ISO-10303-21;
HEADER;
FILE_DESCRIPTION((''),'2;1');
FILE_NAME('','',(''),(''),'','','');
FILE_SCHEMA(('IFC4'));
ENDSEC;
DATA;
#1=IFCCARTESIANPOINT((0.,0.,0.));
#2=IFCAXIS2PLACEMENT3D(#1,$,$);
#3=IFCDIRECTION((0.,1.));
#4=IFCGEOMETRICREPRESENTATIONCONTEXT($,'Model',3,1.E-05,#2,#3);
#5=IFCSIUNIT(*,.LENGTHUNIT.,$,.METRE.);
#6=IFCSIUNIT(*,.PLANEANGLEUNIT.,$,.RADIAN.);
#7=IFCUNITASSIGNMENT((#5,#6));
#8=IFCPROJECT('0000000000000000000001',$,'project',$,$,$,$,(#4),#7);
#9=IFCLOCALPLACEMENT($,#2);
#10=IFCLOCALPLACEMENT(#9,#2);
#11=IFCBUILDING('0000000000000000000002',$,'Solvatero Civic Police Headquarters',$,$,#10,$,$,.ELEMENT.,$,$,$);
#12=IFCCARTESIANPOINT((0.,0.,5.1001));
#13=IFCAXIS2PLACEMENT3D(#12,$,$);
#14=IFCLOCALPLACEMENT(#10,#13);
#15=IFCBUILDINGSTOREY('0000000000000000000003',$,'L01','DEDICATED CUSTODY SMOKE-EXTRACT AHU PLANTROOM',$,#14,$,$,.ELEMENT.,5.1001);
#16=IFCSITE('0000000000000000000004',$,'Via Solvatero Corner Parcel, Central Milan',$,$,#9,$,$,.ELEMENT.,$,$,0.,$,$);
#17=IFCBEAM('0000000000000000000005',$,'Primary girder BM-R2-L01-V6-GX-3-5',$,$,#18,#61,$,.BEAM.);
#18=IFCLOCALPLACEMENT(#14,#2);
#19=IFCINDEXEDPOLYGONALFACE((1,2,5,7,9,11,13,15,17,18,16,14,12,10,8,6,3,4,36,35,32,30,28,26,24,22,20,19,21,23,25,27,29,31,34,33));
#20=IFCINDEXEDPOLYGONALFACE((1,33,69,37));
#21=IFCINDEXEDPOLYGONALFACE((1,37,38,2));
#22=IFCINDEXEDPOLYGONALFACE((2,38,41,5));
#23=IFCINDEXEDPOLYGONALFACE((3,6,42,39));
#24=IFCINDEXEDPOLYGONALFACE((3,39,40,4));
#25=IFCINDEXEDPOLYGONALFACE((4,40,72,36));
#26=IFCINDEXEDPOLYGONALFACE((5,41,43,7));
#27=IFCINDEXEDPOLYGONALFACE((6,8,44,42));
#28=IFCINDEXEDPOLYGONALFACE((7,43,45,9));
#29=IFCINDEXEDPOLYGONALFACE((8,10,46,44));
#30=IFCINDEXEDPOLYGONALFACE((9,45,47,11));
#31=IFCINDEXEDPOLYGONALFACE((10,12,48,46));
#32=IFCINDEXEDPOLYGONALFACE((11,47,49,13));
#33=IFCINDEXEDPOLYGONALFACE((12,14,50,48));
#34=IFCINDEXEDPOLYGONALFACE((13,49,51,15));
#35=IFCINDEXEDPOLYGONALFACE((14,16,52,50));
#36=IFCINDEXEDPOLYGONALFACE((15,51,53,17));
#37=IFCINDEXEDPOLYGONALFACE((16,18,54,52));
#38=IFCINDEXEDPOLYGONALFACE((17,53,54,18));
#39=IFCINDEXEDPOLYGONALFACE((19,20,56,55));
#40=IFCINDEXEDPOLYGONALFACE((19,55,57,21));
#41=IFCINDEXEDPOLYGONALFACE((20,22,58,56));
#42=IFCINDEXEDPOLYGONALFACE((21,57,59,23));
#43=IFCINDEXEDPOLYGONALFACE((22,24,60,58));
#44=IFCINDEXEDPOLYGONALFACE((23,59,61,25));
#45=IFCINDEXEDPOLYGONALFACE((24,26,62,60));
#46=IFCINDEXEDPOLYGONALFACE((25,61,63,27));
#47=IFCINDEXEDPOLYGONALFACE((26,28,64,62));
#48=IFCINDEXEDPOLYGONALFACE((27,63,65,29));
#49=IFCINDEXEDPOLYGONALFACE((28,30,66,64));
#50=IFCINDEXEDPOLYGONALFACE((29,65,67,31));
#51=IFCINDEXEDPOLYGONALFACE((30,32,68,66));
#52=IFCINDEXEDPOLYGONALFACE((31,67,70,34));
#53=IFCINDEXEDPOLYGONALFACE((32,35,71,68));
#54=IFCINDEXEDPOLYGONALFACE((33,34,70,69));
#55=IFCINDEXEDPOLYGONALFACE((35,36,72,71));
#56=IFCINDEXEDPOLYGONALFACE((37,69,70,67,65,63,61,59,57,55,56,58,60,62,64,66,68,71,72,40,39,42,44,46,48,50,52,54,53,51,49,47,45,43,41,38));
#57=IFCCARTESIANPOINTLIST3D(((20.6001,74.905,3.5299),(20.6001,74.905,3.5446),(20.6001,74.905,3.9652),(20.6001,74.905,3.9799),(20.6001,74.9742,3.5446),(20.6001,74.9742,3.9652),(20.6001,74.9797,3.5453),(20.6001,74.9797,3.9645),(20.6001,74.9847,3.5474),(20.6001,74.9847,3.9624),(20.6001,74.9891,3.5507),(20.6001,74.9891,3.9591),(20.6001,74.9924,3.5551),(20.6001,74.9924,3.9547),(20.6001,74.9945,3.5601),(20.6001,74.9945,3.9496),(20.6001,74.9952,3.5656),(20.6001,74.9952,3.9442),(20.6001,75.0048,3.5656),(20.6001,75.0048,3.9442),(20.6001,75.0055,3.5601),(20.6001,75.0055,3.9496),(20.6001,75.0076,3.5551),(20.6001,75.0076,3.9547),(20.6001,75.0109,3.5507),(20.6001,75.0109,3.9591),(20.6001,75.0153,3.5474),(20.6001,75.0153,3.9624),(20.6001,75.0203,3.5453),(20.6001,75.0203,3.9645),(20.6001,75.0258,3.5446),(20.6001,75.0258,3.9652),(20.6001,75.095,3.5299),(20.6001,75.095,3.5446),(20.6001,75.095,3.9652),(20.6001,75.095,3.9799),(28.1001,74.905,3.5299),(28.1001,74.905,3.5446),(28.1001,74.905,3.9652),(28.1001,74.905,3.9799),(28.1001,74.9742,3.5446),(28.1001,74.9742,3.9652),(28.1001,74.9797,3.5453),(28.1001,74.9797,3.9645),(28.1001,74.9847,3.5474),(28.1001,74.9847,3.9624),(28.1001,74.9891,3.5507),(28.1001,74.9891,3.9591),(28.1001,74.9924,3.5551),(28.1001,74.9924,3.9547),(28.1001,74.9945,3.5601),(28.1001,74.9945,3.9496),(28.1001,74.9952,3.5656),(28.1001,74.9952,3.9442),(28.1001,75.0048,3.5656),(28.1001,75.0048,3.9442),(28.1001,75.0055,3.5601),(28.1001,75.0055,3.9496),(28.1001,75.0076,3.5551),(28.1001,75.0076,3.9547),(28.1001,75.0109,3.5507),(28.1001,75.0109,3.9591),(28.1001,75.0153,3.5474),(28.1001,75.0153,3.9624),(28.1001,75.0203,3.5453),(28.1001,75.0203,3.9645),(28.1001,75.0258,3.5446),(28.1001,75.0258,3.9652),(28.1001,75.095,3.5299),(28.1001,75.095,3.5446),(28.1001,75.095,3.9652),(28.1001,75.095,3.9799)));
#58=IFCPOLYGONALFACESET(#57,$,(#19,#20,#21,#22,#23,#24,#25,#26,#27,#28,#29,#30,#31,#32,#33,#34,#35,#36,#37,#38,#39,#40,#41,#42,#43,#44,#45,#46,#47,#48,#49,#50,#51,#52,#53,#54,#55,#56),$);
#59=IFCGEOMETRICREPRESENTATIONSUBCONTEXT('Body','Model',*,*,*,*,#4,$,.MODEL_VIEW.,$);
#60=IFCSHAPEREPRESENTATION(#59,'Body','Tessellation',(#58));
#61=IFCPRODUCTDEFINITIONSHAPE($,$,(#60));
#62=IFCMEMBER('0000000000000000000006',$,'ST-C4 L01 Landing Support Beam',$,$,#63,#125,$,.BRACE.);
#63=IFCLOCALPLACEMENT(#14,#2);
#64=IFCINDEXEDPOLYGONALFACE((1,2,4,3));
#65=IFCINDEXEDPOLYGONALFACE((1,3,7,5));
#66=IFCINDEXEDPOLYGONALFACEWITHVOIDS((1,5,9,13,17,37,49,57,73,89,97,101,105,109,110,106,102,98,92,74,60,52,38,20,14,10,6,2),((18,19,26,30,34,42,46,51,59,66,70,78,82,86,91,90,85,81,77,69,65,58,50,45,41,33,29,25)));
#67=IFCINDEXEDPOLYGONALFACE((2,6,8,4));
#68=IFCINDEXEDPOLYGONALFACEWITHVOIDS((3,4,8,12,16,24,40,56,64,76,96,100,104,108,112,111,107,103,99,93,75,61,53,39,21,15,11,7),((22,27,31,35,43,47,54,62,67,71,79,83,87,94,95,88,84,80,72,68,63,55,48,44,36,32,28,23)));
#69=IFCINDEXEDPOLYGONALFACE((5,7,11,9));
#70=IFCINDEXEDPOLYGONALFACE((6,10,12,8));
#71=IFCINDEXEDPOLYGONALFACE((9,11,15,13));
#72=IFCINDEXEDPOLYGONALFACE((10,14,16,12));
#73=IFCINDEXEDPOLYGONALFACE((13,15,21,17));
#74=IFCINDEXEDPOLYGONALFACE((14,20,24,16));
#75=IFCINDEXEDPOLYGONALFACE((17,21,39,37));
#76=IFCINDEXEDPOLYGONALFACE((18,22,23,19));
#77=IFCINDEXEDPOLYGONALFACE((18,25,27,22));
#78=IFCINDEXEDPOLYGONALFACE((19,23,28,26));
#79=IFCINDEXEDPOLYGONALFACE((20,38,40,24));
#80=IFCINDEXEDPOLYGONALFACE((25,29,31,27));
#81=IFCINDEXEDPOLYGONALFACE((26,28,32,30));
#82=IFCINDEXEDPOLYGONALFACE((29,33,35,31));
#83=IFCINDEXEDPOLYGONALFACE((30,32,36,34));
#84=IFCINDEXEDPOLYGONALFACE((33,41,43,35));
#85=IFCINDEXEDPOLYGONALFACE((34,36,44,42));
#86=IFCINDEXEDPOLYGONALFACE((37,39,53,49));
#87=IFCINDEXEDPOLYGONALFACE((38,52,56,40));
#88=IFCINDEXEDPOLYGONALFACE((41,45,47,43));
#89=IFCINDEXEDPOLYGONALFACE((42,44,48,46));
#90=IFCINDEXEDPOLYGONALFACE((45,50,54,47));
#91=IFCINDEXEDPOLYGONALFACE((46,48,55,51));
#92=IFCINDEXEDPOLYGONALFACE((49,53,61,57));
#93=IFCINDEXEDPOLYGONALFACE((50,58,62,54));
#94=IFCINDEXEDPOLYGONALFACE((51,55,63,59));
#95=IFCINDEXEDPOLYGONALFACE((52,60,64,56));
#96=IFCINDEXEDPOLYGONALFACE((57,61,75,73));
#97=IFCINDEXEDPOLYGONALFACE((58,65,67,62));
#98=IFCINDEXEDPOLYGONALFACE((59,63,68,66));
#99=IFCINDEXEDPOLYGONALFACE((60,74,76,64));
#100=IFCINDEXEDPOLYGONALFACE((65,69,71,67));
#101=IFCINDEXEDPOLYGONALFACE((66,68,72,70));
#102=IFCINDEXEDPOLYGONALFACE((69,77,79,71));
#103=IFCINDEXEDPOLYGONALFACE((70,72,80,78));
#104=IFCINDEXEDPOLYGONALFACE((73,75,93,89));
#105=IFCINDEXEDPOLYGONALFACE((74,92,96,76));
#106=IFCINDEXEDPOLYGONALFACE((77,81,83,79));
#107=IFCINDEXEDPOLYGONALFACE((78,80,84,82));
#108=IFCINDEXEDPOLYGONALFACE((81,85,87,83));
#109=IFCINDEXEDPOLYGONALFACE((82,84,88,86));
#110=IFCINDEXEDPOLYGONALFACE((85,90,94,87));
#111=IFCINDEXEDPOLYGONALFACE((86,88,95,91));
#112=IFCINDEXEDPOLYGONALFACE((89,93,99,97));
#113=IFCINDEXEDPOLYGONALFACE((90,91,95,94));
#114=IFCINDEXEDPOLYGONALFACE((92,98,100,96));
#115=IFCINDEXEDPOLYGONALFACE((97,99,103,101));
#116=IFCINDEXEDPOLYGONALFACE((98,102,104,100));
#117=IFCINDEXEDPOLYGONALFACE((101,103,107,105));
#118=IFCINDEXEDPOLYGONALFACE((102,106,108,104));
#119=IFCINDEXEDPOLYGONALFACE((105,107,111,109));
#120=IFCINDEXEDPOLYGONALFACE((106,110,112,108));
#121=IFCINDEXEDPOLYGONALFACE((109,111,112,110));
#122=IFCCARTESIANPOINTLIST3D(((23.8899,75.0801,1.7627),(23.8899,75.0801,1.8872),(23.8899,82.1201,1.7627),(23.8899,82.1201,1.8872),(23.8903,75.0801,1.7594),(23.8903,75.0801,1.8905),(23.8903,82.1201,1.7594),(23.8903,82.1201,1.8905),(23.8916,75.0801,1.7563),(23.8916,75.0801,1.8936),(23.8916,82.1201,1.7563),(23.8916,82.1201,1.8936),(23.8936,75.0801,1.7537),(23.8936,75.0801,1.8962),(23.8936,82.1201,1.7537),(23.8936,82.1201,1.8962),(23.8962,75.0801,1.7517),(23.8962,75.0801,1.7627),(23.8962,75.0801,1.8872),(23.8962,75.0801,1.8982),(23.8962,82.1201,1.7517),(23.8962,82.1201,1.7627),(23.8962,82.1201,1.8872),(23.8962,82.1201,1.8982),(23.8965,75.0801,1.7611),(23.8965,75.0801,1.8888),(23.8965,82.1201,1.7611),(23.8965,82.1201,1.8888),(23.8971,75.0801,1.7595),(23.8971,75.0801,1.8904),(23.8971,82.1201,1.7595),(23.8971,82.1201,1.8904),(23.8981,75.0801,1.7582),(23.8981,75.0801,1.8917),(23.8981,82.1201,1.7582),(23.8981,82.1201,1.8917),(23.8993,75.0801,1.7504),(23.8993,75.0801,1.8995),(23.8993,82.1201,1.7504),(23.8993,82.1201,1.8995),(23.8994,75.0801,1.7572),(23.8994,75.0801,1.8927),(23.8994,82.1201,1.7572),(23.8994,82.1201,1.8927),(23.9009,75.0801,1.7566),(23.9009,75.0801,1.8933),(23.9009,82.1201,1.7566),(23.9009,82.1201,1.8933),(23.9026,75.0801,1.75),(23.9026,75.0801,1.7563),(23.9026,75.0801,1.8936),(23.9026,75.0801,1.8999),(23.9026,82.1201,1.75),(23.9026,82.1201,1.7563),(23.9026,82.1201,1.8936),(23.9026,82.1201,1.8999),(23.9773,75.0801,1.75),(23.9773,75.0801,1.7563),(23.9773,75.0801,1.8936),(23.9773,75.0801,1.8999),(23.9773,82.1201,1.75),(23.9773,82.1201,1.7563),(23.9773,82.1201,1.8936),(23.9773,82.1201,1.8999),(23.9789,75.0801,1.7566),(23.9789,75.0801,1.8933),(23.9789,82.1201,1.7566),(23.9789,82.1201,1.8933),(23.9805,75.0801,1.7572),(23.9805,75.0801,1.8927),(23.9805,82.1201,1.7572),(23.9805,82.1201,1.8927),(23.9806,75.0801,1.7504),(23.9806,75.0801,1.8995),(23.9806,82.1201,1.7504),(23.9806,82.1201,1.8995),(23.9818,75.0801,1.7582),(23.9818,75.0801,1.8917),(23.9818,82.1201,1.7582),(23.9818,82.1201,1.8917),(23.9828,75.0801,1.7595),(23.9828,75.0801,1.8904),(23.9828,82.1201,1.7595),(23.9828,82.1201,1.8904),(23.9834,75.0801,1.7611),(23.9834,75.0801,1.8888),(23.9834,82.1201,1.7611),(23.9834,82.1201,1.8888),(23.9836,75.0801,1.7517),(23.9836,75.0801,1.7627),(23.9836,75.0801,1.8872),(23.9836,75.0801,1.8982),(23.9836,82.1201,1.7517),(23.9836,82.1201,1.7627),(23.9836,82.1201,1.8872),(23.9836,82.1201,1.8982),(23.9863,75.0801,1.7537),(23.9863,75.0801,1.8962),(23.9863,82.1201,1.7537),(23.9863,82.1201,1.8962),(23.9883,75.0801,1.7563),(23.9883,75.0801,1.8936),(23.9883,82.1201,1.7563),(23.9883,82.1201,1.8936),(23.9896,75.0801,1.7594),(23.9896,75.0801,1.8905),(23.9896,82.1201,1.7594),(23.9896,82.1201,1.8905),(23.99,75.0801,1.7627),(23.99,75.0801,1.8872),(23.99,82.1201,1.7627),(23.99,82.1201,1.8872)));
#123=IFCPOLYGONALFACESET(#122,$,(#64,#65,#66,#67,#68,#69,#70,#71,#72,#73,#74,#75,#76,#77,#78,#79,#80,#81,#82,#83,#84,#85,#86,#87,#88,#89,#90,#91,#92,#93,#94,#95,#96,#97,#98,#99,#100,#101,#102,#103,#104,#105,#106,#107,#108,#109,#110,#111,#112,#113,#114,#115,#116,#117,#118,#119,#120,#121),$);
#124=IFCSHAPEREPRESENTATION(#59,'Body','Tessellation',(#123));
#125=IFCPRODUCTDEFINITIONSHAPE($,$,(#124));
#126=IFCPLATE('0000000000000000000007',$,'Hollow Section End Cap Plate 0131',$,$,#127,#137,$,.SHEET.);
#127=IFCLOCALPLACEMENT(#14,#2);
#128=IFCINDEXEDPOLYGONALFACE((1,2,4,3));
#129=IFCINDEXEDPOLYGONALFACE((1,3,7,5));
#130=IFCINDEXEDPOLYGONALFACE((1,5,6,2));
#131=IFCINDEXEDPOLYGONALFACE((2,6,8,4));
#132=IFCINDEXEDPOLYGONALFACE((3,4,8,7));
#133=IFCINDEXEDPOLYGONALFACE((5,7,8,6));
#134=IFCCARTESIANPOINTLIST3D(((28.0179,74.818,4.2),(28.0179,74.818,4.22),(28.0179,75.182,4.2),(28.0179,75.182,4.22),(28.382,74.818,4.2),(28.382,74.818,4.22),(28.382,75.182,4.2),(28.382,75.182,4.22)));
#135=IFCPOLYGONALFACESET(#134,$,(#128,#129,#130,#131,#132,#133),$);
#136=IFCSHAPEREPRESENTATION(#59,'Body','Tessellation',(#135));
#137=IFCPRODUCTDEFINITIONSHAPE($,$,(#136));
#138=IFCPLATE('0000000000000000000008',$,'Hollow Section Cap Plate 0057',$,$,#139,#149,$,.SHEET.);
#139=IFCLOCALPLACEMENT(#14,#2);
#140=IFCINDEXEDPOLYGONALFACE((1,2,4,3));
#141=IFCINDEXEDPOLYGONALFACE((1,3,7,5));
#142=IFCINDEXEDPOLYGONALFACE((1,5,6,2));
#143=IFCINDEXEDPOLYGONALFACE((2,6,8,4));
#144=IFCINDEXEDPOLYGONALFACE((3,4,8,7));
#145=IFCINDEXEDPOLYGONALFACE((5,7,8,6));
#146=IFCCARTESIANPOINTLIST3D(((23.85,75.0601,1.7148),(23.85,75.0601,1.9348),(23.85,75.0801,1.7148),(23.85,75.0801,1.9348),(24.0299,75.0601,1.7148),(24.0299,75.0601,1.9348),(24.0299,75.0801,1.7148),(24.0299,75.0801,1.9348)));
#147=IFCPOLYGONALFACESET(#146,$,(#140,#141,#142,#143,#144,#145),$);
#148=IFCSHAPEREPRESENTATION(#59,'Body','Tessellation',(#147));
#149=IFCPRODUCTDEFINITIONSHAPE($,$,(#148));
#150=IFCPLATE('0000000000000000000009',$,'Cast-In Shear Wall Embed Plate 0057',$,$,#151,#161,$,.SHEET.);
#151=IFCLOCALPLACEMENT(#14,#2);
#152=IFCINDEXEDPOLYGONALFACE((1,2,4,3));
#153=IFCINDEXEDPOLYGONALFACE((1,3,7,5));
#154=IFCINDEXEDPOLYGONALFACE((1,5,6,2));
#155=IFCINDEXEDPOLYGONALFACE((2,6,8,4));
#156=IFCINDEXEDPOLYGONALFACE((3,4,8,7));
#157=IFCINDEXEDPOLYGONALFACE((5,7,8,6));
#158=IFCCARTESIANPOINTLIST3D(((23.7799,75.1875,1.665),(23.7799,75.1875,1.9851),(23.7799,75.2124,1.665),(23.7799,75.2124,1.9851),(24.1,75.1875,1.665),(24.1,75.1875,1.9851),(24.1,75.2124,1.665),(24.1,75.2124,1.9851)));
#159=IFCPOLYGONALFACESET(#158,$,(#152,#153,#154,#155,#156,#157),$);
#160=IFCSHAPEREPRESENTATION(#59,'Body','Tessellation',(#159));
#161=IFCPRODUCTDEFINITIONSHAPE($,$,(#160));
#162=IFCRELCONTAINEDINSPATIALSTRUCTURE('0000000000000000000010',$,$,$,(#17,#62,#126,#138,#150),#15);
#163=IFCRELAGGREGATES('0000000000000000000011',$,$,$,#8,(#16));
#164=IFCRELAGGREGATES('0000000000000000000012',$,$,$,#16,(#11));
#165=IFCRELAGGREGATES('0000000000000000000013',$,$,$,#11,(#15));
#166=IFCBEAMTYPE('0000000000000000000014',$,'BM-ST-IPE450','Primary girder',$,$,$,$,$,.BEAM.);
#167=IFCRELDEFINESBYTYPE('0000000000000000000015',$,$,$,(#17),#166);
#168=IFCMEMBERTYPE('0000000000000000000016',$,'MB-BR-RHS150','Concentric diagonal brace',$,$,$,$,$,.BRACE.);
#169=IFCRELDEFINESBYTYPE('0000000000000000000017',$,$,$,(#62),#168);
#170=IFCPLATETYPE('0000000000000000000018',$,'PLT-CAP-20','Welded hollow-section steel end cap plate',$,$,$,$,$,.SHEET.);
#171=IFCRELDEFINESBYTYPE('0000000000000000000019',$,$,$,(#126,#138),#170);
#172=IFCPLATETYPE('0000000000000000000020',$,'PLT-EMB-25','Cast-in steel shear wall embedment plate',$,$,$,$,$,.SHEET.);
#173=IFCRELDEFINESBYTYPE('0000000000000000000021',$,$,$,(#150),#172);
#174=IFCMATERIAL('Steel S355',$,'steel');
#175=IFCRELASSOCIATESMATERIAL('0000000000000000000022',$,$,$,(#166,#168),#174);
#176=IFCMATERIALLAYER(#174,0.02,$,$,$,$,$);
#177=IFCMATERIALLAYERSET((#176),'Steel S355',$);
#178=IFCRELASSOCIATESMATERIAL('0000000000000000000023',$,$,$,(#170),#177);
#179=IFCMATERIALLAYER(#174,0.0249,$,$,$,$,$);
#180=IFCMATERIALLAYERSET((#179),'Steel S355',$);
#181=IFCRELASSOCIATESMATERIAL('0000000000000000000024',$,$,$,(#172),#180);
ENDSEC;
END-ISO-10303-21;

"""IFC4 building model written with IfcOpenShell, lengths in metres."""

from ifc_helpers import new_model, si_unit, direction, frame, origin, origin_2d, place, context, subcontext, project, spatial, rectangle, hollow_rectangle, i_section, extrude, material, layer, layer_set, material_profile, profile_set, type_object, element, save


model = new_model("IFC4")

# Units and contexts
model_context = context("Model", 3, precision=1e-05, world=origin(), true_north=direction((0.0, 1.0)))
body_context = subcontext(model_context, "Body", "Model", "MODEL_VIEW")
ifc_project = project(units=[si_unit("LENGTHUNIT", "METRE"), si_unit("PLANEANGLEUNIT", "RADIAN")], contexts=[model_context])

# Site, building, storey
site_placement = place(None, origin())
site = spatial("IfcSite", under=ifc_project, at=site_placement, Name="Via Solvatero Corner Parcel, Central Milan", CompositionType="ELEMENT", RefElevation=0.0)
building_placement = place(site_placement, origin())
building = spatial("IfcBuilding", under=site, at=building_placement, Name="Solvatero Civic Police Headquarters", CompositionType="ELEMENT")
storey_placement = place(building_placement, frame((0.0, 0.0, 5.1001)))
storey = spatial("IfcBuildingStorey", under=building, at=storey_placement, Name="L01", Description="DEDICATED CUSTODY SMOKE-EXTRACT AHU PLANTROOM", CompositionType="ELEMENT", Elevation=5.1001)

# Shared definitions
ifc_material_1 = material(Name="Steel S355", Category="steel")

# Beam
ifc_material_profile_1 = material_profile(ifc_material_1, i_section(OverallWidth=0.1899, OverallDepth=0.45, WebThickness=0.0095, FlangeThickness=0.0146, FilletRadius=0.021, at=origin_2d()), Name="IPE 450")
ifc_profile_set_1 = profile_set([ifc_material_profile_1], Name="Steel S355")
beam_type_1 = type_object("IfcBeamType", Name="BM-ST-IPE450", Description="Primary girder", PredefinedType="BEAM", material=ifc_profile_set_1)
for number, where, z_axis, x_axis, name in (
    (1, (20.6001, 75.0, 3.7549), (1.0, 0.0, 0.0), (0.0, 1.0, 0.0), "Primary girder BM-R2-L01-V6-GX-3-5"),
):
    element("IfcBeam", number, at=place(storey_placement, frame(where, z_axis=z_axis, x_axis=x_axis)), inside=storey, type_object=beam_type_1, Name=name, PredefinedType="BEAM", context=body_context, shape_type="SweptSolid", body=[
        extrude(i_section(OverallWidth=0.1899, OverallDepth=0.45, WebThickness=0.0095, FlangeThickness=0.0146, FilletRadius=0.021, at=origin_2d()), origin(), (0.0, 0.0, 1.0), 7.5),
    ])

# Member
ifc_material_profile_2 = material_profile(ifc_material_1, hollow_rectangle(XDim=0.1001, YDim=0.1499, WallThickness=0.0063, InnerFilletRadius=0.0063, OuterFilletRadius=0.0127, at=origin_2d()), Name="RHS 150x100x6.3")
ifc_profile_set_2 = profile_set([ifc_material_profile_2], Name="Steel S355")
member_type = type_object("IfcMemberType", Name="MB-BR-RHS150", Description="Concentric diagonal brace", PredefinedType="BRACE", material=ifc_profile_set_2)
member_placement = place(storey_placement, frame((23.9399, 75.0801, 1.825), z_axis=(0.0, 1.0, 0.0), x_axis=(-1.0, 0.0, 0.0)))
element("IfcMember", 2, at=member_placement, inside=storey, type_object=member_type, Name="ST-C4 L01 Landing Support Beam", PredefinedType="BRACE", context=body_context, shape_type="SweptSolid", body=[
    extrude(hollow_rectangle(XDim=0.1001, YDim=0.1499, WallThickness=0.0063, InnerFilletRadius=0.0063, OuterFilletRadius=0.0127, at=origin_2d()), origin(), (0.0, 0.0, 1.0), 7.04),
])

# Plates
ifc_layer_1 = layer(ifc_material_1, 0.02)
ifc_layer_set_1 = layer_set([ifc_layer_1], Name="Steel S355")
plate_type_1 = type_object("IfcPlateType", Name="PLT-CAP-20", Description="Welded hollow-section steel end cap plate", PredefinedType="SHEET", material=ifc_layer_set_1)
plate_1_placement = place(storey_placement, frame((28.2, 75.0, 4.2), z_axis=(0.0, 0.0, 1.0), x_axis=(1.0, 0.0, 0.0)))
element("IfcPlate", 3, at=plate_1_placement, inside=storey, type_object=plate_type_1, Name="Hollow Section End Cap Plate 0131", PredefinedType="SHEET", context=body_context, shape_type="SweptSolid", body=[
    extrude(rectangle(XDim=0.364, YDim=0.364, at=origin_2d()), origin(), (0.0, 0.0, 1.0), 0.02),
])
plate_2_placement = place(storey_placement, frame((23.9399, 75.0701, 1.7148), z_axis=(0.0, 0.0, 1.0), x_axis=(1.0, 0.0, 0.0)))
element("IfcPlate", 4, at=plate_2_placement, inside=storey, type_object=plate_type_1, Name="Hollow Section Cap Plate 0057", PredefinedType="SHEET", context=body_context, shape_type="SweptSolid", body=[
    extrude(rectangle(XDim=0.1799, YDim=0.02, at=origin_2d()), origin(), (0.0, 0.0, 1.0), 0.22),
])
ifc_layer_2 = layer(ifc_material_1, 0.0249)
ifc_layer_set_2 = layer_set([ifc_layer_2], Name="Steel S355")
plate_type_2 = type_object("IfcPlateType", Name="PLT-EMB-25", Description="Cast-in steel shear wall embedment plate", PredefinedType="SHEET", material=ifc_layer_set_2)
plate_3_placement = place(storey_placement, frame((23.9399, 75.2, 1.665), z_axis=(0.0, 0.0, 1.0), x_axis=(1.0, 0.0, 0.0)))
element("IfcPlate", 5, at=plate_3_placement, inside=storey, type_object=plate_type_2, Name="Cast-In Shear Wall Embed Plate 0057", PredefinedType="SHEET", context=body_context, shape_type="SweptSolid", body=[
    extrude(rectangle(XDim=0.3201, YDim=0.0249, at=origin_2d()), origin(), (0.0, 0.0, 1.0), 0.3201),
])

save(model, "model.ifc")
